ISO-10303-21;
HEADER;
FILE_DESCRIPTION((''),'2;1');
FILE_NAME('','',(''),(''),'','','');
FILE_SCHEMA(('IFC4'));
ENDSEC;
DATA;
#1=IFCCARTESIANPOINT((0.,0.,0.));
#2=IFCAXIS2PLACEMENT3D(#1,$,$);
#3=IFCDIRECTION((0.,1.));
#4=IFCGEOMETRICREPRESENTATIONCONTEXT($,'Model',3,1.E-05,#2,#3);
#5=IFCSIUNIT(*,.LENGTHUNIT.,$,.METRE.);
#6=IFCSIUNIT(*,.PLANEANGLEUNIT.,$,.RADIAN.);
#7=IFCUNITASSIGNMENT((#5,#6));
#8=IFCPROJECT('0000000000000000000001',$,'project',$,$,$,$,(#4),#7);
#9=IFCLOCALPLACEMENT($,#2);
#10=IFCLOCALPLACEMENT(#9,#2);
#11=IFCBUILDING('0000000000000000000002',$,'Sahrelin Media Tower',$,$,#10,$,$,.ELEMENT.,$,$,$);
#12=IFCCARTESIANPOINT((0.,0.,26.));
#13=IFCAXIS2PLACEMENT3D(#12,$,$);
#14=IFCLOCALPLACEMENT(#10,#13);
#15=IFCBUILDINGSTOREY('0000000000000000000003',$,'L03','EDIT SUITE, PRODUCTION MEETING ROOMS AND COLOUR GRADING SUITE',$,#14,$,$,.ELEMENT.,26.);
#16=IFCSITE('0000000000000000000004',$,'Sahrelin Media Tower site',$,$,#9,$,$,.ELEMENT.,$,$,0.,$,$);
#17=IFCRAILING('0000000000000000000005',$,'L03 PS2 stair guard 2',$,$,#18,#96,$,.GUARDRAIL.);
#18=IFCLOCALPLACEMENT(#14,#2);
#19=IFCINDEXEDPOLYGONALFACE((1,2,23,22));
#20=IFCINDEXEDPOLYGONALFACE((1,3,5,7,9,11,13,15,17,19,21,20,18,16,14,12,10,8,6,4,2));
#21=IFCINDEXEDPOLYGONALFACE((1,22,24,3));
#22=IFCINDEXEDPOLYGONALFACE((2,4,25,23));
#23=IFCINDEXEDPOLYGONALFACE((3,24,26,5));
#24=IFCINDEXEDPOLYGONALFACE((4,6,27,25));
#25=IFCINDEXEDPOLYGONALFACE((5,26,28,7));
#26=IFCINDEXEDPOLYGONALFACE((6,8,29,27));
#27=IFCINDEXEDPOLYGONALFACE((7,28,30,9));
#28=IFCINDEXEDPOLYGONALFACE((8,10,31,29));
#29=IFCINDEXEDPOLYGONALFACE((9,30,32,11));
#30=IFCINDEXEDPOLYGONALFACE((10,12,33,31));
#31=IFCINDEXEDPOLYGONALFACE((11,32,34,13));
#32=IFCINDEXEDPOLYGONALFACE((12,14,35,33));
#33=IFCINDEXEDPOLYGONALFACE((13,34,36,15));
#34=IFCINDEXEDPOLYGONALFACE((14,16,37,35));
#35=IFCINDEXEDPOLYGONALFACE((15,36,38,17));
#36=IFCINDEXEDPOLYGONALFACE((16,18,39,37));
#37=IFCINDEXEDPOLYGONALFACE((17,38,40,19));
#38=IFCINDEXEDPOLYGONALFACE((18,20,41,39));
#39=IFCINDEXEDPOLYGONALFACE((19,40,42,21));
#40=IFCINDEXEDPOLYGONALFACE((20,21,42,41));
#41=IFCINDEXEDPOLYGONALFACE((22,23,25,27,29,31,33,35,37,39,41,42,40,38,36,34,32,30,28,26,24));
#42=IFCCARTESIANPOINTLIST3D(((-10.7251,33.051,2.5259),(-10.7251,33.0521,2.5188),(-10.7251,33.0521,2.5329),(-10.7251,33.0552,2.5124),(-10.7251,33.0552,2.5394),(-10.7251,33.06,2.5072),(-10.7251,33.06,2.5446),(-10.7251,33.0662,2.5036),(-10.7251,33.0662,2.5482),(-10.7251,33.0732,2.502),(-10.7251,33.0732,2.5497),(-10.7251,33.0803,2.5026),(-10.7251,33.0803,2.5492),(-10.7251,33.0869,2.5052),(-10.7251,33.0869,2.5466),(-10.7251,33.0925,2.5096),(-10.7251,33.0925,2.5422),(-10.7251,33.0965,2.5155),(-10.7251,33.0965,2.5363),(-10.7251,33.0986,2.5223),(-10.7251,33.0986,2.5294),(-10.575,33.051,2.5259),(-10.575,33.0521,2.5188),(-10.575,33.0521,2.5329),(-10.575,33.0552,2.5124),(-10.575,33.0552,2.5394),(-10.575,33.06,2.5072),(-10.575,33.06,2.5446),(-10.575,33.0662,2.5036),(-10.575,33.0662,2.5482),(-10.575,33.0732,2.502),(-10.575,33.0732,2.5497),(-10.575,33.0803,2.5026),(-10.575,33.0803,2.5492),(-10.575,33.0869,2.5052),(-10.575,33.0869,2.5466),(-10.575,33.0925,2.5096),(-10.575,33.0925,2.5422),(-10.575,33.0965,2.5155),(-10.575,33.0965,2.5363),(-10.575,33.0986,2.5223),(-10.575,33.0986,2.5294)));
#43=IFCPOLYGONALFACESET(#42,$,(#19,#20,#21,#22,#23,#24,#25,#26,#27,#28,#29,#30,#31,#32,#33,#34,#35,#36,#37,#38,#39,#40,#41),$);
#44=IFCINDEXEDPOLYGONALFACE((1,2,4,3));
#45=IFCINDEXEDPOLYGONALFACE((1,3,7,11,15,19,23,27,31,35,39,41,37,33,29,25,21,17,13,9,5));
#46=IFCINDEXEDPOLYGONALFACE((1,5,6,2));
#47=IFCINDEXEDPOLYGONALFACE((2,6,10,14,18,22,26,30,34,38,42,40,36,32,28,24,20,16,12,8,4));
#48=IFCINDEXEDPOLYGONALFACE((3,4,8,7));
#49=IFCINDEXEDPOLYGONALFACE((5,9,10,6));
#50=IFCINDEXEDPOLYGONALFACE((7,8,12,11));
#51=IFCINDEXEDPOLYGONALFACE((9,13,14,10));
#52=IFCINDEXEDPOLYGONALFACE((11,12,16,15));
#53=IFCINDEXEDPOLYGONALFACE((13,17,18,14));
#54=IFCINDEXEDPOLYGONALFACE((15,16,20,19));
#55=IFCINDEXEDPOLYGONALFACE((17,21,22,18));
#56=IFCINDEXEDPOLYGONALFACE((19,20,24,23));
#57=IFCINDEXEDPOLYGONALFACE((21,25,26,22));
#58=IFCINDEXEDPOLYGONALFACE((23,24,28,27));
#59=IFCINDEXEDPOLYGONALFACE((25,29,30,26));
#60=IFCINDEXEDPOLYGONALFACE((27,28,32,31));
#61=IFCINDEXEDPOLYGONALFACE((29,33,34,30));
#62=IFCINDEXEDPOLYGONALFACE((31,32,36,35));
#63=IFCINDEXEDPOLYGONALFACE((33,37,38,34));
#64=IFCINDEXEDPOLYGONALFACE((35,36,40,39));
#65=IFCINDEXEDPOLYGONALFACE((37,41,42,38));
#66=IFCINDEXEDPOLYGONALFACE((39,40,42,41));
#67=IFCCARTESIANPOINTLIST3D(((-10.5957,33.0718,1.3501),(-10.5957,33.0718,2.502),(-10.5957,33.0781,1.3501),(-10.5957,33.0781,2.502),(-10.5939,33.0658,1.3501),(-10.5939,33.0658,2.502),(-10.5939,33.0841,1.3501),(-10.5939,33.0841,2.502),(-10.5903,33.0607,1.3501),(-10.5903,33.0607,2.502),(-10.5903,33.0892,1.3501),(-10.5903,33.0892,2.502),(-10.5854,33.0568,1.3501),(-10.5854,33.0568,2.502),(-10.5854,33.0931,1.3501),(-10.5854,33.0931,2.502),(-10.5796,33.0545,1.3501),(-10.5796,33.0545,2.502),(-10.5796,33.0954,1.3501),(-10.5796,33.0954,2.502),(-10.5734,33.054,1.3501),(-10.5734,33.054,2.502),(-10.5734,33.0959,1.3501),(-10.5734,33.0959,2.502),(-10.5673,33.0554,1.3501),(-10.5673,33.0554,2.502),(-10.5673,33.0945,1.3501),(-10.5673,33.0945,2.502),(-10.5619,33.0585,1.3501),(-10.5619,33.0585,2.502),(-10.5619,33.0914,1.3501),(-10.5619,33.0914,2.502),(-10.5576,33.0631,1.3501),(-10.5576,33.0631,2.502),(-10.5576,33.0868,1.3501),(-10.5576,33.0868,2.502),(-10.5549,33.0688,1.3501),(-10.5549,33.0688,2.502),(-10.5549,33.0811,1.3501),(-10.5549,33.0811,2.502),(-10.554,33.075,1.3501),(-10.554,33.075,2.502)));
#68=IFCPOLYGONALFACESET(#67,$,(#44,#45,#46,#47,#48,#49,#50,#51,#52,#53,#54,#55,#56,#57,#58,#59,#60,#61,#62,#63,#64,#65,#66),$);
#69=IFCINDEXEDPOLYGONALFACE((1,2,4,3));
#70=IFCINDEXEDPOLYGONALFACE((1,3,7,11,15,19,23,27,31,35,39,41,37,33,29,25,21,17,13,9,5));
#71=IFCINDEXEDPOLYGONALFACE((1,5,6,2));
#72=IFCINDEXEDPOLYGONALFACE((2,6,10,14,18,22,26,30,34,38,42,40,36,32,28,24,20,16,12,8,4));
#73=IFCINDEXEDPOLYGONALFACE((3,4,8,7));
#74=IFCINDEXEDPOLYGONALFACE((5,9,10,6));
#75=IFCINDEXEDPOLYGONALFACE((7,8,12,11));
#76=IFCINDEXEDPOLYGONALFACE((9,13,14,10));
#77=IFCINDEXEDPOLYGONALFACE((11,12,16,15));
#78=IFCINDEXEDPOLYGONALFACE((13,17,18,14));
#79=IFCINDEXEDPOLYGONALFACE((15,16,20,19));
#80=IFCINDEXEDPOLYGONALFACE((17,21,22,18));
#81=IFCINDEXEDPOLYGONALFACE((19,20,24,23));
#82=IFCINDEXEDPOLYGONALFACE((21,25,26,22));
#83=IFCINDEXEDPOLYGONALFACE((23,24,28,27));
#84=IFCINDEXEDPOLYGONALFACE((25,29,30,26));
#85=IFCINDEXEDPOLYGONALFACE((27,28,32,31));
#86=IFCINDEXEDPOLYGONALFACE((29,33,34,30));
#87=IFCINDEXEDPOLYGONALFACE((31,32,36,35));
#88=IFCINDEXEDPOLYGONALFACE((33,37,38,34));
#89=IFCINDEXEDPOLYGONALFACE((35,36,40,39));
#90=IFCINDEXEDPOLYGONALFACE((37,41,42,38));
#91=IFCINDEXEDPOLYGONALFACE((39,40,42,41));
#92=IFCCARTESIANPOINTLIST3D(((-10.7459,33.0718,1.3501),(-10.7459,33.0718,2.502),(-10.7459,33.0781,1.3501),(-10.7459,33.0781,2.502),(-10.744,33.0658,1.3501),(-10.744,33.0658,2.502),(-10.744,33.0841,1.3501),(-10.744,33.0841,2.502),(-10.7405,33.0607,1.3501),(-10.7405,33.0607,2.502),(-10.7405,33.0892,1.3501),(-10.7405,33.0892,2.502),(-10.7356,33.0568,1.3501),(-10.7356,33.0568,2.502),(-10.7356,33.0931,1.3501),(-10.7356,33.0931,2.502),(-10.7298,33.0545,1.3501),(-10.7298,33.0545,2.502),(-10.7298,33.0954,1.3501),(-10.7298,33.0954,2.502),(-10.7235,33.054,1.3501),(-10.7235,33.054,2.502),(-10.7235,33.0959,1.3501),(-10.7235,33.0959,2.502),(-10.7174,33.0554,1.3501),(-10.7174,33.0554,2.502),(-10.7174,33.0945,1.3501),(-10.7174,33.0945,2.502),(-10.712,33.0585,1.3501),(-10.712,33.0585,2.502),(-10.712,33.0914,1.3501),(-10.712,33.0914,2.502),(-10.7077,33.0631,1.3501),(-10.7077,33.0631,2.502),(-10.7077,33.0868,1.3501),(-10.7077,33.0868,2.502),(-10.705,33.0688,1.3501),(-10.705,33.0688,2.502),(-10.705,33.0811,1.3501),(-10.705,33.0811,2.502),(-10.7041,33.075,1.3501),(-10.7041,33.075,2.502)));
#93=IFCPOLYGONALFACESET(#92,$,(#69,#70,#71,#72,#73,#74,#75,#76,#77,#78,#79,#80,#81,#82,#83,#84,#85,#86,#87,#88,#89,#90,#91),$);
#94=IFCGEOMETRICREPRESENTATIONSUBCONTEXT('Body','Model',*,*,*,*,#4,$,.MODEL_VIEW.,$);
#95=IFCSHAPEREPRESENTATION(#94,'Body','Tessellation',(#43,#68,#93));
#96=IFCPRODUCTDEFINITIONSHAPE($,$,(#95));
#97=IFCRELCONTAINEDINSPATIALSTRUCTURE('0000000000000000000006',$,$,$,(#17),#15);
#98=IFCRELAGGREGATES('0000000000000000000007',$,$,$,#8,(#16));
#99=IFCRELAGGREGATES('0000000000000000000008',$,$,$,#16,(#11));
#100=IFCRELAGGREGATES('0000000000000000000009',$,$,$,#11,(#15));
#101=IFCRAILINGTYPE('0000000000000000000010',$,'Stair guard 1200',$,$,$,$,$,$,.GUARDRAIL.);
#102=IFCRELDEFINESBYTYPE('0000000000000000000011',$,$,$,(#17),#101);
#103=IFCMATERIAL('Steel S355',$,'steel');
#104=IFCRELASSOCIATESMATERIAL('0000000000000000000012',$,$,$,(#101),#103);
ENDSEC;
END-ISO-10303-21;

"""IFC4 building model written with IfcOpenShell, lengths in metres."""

from ifc_helpers import new_model, si_unit, direction, frame, origin, origin_2d, place, context, subcontext, project, spatial, circle, extrude, material, type_object, element, save


model = new_model("IFC4")

# Units and contexts
model_context = context("Model", 3, precision=1e-05, world=origin(), true_north=direction((0.0, 1.0)))
body_context = subcontext(model_context, "Body", "Model", "MODEL_VIEW")
ifc_project = project(units=[si_unit("LENGTHUNIT", "METRE"), si_unit("PLANEANGLEUNIT", "RADIAN")], contexts=[model_context])

# Site, building, storey
site_placement = place(None, origin())
site = spatial("IfcSite", under=ifc_project, at=site_placement, Name="Sahrelin Media Tower site", CompositionType="ELEMENT", RefElevation=0.0)
building_placement = place(site_placement, origin())
building = spatial("IfcBuilding", under=site, at=building_placement, Name="Sahrelin Media Tower", CompositionType="ELEMENT")
storey_placement = place(building_placement, frame((0.0, 0.0, 26.0)))
storey = spatial("IfcBuildingStorey", under=building, at=storey_placement, Name="L03", Description="EDIT SUITE, PRODUCTION MEETING ROOMS AND COLOUR GRADING SUITE", CompositionType="ELEMENT", Elevation=26.0)

# Shared definitions
ifc_material_1 = material(Name="Steel S355", Category="steel")

# Railing
railing_type_1 = type_object("IfcRailingType", Name="Stair guard 1200", PredefinedType="GUARDRAIL", material=ifc_material_1)
railing_1_placement = place(storey_placement, frame((-10.575, 33.075, 1.3501)))
element("IfcRailing", 1, at=railing_1_placement, inside=storey, type_object=railing_type_1, Name="L03 PS2 stair guard 2", PredefinedType="GUARDRAIL", context=body_context, shape_type="SweptSolid", body=[
    extrude(circle(Radius=0.0239, at=origin_2d()), frame((0.0, 0.0, 1.1758), z_axis=(-1.0, 0.0, 0.0), x_axis=(0.0, -1.0, 0.0)), (0.0, 0.0, 1.0), 0.1501),
    extrude(circle(Radius=0.021, at=origin_2d()), origin(), (0.0, 0.0, 1.0), 1.1519),
    extrude(circle(Radius=0.021, at=origin_2d()), frame((-0.1501, 0.0, 0.0)), (0.0, 0.0, 1.0), 1.1519),
])

save(model, "model.ifc")
